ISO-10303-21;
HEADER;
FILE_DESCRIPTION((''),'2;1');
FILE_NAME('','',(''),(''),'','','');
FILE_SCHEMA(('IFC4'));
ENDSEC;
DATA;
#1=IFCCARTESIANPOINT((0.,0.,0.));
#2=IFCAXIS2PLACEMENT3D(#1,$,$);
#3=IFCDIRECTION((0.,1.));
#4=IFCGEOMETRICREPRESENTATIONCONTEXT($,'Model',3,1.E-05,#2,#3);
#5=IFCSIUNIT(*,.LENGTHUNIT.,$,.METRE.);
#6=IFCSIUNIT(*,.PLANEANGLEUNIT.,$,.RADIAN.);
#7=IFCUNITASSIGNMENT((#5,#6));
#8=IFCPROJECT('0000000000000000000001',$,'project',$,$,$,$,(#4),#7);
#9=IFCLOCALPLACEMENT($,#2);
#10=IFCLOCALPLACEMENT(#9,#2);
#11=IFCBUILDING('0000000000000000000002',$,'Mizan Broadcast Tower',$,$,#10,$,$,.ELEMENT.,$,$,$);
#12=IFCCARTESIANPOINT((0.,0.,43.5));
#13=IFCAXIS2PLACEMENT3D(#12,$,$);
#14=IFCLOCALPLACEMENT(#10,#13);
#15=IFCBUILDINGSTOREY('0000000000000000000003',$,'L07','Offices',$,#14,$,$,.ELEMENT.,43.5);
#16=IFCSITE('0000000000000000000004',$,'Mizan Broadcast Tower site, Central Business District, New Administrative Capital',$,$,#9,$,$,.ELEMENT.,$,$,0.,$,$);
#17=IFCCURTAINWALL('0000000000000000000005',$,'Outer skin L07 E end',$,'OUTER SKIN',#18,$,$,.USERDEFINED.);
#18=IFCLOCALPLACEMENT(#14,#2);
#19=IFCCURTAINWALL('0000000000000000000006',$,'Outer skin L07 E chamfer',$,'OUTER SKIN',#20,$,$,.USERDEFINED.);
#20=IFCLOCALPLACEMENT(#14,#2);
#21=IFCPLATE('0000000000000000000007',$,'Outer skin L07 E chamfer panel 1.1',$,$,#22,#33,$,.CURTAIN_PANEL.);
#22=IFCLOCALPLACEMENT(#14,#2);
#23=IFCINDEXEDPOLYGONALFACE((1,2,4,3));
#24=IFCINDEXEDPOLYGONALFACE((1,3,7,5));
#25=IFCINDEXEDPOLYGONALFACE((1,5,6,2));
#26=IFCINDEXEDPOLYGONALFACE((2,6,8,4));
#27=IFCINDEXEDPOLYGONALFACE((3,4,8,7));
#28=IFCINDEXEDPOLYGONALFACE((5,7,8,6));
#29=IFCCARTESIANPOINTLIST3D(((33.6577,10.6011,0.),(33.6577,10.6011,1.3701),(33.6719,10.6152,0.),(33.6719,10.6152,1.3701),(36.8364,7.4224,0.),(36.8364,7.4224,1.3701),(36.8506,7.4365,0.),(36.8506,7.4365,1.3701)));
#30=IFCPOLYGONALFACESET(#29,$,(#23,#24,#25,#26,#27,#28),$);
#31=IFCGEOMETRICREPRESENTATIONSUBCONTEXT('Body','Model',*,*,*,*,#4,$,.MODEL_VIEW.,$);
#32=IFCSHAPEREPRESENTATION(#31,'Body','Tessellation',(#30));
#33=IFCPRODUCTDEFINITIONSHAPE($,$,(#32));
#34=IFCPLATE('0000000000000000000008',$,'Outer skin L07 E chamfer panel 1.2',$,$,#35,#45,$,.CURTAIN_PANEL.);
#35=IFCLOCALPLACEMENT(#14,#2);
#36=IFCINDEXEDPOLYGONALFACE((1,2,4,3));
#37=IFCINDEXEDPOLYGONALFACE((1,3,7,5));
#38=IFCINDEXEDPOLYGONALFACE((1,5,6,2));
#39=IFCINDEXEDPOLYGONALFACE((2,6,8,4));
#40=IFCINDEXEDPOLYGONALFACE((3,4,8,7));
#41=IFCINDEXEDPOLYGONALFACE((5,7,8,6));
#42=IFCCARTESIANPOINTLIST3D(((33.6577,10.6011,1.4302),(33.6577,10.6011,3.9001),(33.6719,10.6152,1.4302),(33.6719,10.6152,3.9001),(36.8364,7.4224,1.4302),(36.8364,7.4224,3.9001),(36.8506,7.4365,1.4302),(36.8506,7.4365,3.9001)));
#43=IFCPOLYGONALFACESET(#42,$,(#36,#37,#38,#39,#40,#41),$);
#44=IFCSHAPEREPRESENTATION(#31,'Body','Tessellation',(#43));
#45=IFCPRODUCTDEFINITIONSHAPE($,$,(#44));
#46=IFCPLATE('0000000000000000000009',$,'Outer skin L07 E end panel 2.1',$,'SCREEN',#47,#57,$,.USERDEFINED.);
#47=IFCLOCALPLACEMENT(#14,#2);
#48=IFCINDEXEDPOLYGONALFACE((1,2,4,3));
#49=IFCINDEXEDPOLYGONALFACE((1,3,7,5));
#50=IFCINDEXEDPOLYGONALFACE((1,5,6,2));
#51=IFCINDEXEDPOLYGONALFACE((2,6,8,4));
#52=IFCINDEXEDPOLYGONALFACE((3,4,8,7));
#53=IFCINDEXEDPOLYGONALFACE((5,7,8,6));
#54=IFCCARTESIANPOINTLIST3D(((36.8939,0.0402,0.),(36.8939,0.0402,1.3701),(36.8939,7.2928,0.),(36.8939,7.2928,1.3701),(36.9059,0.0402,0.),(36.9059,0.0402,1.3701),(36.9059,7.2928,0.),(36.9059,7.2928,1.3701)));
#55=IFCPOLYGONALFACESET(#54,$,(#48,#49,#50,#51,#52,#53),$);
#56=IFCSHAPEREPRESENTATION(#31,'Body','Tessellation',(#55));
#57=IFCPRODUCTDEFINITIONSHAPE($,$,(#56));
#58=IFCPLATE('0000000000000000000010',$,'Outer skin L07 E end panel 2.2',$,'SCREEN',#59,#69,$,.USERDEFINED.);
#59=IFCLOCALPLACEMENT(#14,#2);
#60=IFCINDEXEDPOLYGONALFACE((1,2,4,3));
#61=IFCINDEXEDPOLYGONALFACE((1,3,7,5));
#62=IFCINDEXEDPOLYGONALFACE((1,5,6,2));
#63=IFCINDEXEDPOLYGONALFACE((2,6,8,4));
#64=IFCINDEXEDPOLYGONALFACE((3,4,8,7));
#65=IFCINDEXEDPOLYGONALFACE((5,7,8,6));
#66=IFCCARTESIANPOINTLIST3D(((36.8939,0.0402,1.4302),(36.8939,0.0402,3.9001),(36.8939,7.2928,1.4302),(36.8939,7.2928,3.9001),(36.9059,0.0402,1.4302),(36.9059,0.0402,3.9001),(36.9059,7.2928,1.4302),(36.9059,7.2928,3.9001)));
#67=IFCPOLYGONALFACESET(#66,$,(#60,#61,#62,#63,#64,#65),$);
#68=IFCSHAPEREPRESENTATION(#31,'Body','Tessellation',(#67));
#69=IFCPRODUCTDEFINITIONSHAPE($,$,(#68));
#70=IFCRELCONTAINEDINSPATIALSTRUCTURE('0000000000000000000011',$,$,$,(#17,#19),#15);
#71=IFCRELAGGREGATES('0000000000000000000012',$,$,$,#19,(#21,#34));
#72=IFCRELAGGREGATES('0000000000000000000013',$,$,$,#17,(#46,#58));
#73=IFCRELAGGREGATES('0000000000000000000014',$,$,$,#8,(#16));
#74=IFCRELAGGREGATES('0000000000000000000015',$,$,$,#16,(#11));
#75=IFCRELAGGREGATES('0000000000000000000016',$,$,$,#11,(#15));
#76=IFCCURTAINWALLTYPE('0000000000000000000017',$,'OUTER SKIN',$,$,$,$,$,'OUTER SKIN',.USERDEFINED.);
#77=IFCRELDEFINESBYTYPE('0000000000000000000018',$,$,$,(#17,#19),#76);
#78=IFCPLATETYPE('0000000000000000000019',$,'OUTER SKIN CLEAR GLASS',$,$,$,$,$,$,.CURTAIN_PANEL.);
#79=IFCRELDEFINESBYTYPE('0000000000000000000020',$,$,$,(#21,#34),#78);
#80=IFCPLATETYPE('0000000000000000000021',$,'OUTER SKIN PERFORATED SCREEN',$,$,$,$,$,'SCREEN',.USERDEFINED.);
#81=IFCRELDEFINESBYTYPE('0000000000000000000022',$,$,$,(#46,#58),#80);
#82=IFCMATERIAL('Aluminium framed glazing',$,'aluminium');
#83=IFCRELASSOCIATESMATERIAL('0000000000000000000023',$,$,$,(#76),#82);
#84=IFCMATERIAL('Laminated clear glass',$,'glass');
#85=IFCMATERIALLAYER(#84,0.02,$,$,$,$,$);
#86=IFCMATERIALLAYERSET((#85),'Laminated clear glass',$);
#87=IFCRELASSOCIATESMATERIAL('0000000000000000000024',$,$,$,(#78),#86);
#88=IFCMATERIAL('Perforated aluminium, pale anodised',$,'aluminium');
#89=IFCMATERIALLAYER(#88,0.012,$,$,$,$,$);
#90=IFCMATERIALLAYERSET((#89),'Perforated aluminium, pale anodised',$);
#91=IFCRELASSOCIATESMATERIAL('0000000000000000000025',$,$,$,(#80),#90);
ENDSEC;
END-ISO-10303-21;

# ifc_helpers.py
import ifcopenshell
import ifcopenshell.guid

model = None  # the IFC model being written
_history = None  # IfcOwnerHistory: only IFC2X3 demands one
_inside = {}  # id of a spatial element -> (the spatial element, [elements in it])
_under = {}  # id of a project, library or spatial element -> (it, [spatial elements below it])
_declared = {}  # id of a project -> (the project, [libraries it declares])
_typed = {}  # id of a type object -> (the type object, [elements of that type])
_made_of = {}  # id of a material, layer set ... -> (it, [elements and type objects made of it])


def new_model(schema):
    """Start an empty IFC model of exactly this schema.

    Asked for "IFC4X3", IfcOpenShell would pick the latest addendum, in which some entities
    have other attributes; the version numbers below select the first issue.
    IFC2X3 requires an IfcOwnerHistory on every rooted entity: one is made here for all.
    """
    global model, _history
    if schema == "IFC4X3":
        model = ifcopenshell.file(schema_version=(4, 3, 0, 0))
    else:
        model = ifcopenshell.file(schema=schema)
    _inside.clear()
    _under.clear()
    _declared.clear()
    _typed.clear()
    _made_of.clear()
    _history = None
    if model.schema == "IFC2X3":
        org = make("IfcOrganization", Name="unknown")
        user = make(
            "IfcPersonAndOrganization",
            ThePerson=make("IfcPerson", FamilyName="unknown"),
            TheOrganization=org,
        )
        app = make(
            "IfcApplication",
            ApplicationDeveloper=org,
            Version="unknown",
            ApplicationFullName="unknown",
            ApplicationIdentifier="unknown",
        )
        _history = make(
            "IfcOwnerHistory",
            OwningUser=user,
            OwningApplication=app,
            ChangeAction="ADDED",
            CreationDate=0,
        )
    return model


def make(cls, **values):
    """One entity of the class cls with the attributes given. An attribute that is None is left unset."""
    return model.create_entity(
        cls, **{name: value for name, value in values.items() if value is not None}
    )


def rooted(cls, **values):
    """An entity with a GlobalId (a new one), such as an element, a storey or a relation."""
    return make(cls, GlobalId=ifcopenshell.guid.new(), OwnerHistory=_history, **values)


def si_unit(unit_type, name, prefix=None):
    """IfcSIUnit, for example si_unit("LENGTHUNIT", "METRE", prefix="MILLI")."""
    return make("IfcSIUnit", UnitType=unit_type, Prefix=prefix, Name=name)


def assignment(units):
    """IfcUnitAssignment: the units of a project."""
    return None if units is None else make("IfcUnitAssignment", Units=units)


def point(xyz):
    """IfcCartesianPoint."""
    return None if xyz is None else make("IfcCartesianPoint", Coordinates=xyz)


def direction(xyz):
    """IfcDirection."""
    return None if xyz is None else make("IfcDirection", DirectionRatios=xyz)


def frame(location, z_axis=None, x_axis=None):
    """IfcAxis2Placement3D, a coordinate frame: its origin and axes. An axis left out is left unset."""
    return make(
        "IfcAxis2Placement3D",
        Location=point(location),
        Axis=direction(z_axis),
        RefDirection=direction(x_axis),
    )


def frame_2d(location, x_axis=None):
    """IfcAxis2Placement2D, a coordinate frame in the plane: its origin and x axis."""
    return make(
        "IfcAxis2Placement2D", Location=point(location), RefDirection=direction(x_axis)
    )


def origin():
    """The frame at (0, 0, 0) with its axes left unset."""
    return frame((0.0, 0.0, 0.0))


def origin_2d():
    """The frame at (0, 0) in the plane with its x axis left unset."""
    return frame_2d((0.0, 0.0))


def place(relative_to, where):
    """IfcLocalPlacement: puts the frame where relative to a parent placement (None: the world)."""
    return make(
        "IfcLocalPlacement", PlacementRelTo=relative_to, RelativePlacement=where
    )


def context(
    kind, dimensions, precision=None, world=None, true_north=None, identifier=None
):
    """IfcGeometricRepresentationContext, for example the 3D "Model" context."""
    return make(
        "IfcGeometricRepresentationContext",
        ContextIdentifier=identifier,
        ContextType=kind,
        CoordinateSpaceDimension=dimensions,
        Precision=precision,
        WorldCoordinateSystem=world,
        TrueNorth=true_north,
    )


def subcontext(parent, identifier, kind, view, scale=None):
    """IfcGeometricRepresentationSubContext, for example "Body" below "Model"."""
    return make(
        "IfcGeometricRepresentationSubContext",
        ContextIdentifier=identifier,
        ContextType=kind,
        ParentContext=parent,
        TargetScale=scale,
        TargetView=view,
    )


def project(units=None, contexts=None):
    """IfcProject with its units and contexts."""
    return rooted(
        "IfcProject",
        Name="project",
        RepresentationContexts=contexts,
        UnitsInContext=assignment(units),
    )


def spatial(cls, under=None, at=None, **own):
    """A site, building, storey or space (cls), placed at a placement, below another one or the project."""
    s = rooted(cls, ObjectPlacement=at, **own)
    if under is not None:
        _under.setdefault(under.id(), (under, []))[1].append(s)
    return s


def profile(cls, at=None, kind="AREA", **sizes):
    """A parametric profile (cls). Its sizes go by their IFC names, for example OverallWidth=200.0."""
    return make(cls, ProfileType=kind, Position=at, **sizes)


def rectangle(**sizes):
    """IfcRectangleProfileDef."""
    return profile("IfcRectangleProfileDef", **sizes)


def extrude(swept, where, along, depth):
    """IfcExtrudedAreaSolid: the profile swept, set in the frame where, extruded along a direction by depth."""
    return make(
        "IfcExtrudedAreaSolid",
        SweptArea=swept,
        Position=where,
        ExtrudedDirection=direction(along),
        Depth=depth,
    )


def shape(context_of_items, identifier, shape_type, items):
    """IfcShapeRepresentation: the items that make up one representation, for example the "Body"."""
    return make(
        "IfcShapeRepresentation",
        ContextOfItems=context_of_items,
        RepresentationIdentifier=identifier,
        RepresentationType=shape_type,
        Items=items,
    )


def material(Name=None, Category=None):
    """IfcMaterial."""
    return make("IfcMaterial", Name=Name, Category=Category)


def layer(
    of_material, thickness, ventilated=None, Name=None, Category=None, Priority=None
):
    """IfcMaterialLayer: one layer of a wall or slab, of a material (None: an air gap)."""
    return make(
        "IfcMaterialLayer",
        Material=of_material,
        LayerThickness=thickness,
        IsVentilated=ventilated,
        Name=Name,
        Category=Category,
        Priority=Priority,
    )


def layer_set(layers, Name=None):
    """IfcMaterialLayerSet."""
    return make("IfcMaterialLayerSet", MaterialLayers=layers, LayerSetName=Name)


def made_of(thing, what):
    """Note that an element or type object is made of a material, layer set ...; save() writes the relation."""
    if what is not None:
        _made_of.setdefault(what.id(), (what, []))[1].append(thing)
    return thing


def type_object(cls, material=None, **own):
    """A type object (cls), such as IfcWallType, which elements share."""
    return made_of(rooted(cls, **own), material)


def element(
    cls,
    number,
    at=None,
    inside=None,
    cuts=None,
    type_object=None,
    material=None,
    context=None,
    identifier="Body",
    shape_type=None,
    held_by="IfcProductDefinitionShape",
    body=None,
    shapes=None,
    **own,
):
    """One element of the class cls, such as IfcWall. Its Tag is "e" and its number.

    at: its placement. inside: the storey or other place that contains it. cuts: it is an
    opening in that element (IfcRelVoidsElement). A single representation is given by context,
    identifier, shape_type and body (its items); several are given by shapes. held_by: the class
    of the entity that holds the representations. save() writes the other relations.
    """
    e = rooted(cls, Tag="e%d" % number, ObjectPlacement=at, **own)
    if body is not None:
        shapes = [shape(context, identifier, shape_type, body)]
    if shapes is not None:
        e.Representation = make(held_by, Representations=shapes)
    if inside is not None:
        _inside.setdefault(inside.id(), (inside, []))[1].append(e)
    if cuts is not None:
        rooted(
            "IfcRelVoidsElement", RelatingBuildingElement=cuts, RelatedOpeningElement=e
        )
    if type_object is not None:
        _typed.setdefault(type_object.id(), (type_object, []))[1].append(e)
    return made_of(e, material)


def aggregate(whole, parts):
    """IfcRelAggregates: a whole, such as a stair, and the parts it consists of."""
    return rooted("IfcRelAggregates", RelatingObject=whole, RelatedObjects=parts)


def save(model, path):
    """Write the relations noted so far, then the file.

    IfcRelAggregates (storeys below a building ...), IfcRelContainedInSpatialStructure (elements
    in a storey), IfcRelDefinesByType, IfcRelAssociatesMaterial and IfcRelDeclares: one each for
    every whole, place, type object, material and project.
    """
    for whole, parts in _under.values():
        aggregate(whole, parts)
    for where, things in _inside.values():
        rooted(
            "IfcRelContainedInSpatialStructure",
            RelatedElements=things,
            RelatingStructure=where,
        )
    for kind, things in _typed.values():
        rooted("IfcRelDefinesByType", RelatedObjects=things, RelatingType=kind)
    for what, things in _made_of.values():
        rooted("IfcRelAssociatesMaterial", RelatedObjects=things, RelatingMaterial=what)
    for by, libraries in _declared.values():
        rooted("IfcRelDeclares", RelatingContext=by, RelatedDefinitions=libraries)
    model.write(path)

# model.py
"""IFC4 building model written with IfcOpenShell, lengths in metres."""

from ifc_helpers import new_model, si_unit, direction, frame, origin, origin_2d, place, context, subcontext, project, spatial, rectangle, extrude, material, layer, layer_set, type_object, element, aggregate, save


model = new_model("IFC4")

# Units and contexts
model_context = context("Model", 3, precision=1e-05, world=origin(), true_north=direction((0.0, 1.0)))
body_context = subcontext(model_context, "Body", "Model", "MODEL_VIEW")
ifc_project = project(units=[si_unit("LENGTHUNIT", "METRE"), si_unit("PLANEANGLEUNIT", "RADIAN")], contexts=[model_context])

# Site, building, storey
site_placement = place(None, origin())
site = spatial("IfcSite", under=ifc_project, at=site_placement, Name="Mizan Broadcast Tower site, Central Business District, New Administrative Capital", CompositionType="ELEMENT", RefElevation=0.0)
building_placement = place(site_placement, origin())
building = spatial("IfcBuilding", under=site, at=building_placement, Name="Mizan Broadcast Tower", CompositionType="ELEMENT")
storey_placement = place(building_placement, frame((0.0, 0.0, 43.5)))
storey = spatial("IfcBuildingStorey", under=building, at=storey_placement, Name="L07", Description="Offices", CompositionType="ELEMENT", Elevation=43.5)

# Curtain wall
ifc_material_1 = material(Name="Aluminium framed glazing", Category="aluminium")
curtain_wall_type_1 = type_object("IfcCurtainWallType", Name="OUTER SKIN", ElementType="OUTER SKIN", PredefinedType="USERDEFINED", material=ifc_material_1)
curtain_wall_1_placement = place(storey_placement, origin())
curtain_wall_1 = element("IfcCurtainWall", 1, at=curtain_wall_1_placement, inside=storey, type_object=curtain_wall_type_1, Name="Outer skin L07 E end", ObjectType="OUTER SKIN", PredefinedType="USERDEFINED")

# Curtain wall
curtain_wall_2_placement = place(storey_placement, origin())
curtain_wall_2 = element("IfcCurtainWall", 2, at=curtain_wall_2_placement, inside=storey, type_object=curtain_wall_type_1, Name="Outer skin L07 E chamfer", ObjectType="OUTER SKIN", PredefinedType="USERDEFINED")

# Plates
ifc_material_2 = material(Name="Laminated clear glass", Category="glass")
ifc_layer_1 = layer(ifc_material_2, 0.02)
ifc_layer_set_1 = layer_set([ifc_layer_1], Name="Laminated clear glass")
plate_type_1 = type_object("IfcPlateType", Name="OUTER SKIN CLEAR GLASS", PredefinedType="CURTAIN_PANEL", material=ifc_layer_set_1)
plate_1_placement = place(storey_placement, frame((35.2542, 9.0188, 0.0), z_axis=(0.0, 0.0, 1.0), x_axis=(-0.707107, 0.707107, 0.0)))
plate_1 = element("IfcPlate", 3, at=plate_1_placement, type_object=plate_type_1, Name="Outer skin L07 E chamfer panel 1.1", PredefinedType="CURTAIN_PANEL", context=body_context, shape_type="SweptSolid", body=[
    extrude(rectangle(XDim=4.4954, YDim=0.02, at=origin_2d()), origin(), (0.0, 0.0, 1.0), 1.3701),
])
plate_2_placement = place(storey_placement, frame((35.2542, 9.0188, 1.4302), z_axis=(0.0, 0.0, 1.0), x_axis=(-0.707107, 0.707107, 0.0)))
plate_2 = element("IfcPlate", 4, at=plate_2_placement, type_object=plate_type_1, Name="Outer skin L07 E chamfer panel 1.2", PredefinedType="CURTAIN_PANEL", context=body_context, shape_type="SweptSolid", body=[
    extrude(rectangle(XDim=4.4954, YDim=0.02, at=origin_2d()), origin(), (0.0, 0.0, 1.0), 2.47),
])
aggregate(curtain_wall_2, [plate_1, plate_2])
ifc_material_3 = material(Name="Perforated aluminium, pale anodised", Category="aluminium")
ifc_layer_2 = layer(ifc_material_3, 0.012)
ifc_layer_set_2 = layer_set([ifc_layer_2], Name="Perforated aluminium, pale anodised")
plate_type_2 = type_object("IfcPlateType", Name="OUTER SKIN PERFORATED SCREEN", ElementType="SCREEN", PredefinedType="USERDEFINED", material=ifc_layer_set_2)
plate_3_placement = place(storey_placement, frame((36.8999, 3.6665, 0.0), z_axis=(0.0, 0.0, 1.0), x_axis=(0.0, 1.0, 0.0)))
plate_3 = element("IfcPlate", 5, at=plate_3_placement, type_object=plate_type_2, Name="Outer skin L07 E end panel 2.1", ObjectType="SCREEN", PredefinedType="USERDEFINED", context=body_context, shape_type="SweptSolid", body=[
    extrude(rectangle(XDim=7.2527, YDim=0.012, at=origin_2d()), origin(), (0.0, 0.0, 1.0), 1.3701),
])
plate_4_placement = place(storey_placement, frame((36.8999, 3.6665, 1.4302), z_axis=(0.0, 0.0, 1.0), x_axis=(0.0, 1.0, 0.0)))
plate_4 = element("IfcPlate", 6, at=plate_4_placement, type_object=plate_type_2, Name="Outer skin L07 E end panel 2.2", ObjectType="SCREEN", PredefinedType="USERDEFINED", context=body_context, shape_type="SweptSolid", body=[
    extrude(rectangle(XDim=7.2527, YDim=0.012, at=origin_2d()), origin(), (0.0, 0.0, 1.0), 2.47),
])
aggregate(curtain_wall_1, [plate_3, plate_4])

save(model, "model.ifc")
